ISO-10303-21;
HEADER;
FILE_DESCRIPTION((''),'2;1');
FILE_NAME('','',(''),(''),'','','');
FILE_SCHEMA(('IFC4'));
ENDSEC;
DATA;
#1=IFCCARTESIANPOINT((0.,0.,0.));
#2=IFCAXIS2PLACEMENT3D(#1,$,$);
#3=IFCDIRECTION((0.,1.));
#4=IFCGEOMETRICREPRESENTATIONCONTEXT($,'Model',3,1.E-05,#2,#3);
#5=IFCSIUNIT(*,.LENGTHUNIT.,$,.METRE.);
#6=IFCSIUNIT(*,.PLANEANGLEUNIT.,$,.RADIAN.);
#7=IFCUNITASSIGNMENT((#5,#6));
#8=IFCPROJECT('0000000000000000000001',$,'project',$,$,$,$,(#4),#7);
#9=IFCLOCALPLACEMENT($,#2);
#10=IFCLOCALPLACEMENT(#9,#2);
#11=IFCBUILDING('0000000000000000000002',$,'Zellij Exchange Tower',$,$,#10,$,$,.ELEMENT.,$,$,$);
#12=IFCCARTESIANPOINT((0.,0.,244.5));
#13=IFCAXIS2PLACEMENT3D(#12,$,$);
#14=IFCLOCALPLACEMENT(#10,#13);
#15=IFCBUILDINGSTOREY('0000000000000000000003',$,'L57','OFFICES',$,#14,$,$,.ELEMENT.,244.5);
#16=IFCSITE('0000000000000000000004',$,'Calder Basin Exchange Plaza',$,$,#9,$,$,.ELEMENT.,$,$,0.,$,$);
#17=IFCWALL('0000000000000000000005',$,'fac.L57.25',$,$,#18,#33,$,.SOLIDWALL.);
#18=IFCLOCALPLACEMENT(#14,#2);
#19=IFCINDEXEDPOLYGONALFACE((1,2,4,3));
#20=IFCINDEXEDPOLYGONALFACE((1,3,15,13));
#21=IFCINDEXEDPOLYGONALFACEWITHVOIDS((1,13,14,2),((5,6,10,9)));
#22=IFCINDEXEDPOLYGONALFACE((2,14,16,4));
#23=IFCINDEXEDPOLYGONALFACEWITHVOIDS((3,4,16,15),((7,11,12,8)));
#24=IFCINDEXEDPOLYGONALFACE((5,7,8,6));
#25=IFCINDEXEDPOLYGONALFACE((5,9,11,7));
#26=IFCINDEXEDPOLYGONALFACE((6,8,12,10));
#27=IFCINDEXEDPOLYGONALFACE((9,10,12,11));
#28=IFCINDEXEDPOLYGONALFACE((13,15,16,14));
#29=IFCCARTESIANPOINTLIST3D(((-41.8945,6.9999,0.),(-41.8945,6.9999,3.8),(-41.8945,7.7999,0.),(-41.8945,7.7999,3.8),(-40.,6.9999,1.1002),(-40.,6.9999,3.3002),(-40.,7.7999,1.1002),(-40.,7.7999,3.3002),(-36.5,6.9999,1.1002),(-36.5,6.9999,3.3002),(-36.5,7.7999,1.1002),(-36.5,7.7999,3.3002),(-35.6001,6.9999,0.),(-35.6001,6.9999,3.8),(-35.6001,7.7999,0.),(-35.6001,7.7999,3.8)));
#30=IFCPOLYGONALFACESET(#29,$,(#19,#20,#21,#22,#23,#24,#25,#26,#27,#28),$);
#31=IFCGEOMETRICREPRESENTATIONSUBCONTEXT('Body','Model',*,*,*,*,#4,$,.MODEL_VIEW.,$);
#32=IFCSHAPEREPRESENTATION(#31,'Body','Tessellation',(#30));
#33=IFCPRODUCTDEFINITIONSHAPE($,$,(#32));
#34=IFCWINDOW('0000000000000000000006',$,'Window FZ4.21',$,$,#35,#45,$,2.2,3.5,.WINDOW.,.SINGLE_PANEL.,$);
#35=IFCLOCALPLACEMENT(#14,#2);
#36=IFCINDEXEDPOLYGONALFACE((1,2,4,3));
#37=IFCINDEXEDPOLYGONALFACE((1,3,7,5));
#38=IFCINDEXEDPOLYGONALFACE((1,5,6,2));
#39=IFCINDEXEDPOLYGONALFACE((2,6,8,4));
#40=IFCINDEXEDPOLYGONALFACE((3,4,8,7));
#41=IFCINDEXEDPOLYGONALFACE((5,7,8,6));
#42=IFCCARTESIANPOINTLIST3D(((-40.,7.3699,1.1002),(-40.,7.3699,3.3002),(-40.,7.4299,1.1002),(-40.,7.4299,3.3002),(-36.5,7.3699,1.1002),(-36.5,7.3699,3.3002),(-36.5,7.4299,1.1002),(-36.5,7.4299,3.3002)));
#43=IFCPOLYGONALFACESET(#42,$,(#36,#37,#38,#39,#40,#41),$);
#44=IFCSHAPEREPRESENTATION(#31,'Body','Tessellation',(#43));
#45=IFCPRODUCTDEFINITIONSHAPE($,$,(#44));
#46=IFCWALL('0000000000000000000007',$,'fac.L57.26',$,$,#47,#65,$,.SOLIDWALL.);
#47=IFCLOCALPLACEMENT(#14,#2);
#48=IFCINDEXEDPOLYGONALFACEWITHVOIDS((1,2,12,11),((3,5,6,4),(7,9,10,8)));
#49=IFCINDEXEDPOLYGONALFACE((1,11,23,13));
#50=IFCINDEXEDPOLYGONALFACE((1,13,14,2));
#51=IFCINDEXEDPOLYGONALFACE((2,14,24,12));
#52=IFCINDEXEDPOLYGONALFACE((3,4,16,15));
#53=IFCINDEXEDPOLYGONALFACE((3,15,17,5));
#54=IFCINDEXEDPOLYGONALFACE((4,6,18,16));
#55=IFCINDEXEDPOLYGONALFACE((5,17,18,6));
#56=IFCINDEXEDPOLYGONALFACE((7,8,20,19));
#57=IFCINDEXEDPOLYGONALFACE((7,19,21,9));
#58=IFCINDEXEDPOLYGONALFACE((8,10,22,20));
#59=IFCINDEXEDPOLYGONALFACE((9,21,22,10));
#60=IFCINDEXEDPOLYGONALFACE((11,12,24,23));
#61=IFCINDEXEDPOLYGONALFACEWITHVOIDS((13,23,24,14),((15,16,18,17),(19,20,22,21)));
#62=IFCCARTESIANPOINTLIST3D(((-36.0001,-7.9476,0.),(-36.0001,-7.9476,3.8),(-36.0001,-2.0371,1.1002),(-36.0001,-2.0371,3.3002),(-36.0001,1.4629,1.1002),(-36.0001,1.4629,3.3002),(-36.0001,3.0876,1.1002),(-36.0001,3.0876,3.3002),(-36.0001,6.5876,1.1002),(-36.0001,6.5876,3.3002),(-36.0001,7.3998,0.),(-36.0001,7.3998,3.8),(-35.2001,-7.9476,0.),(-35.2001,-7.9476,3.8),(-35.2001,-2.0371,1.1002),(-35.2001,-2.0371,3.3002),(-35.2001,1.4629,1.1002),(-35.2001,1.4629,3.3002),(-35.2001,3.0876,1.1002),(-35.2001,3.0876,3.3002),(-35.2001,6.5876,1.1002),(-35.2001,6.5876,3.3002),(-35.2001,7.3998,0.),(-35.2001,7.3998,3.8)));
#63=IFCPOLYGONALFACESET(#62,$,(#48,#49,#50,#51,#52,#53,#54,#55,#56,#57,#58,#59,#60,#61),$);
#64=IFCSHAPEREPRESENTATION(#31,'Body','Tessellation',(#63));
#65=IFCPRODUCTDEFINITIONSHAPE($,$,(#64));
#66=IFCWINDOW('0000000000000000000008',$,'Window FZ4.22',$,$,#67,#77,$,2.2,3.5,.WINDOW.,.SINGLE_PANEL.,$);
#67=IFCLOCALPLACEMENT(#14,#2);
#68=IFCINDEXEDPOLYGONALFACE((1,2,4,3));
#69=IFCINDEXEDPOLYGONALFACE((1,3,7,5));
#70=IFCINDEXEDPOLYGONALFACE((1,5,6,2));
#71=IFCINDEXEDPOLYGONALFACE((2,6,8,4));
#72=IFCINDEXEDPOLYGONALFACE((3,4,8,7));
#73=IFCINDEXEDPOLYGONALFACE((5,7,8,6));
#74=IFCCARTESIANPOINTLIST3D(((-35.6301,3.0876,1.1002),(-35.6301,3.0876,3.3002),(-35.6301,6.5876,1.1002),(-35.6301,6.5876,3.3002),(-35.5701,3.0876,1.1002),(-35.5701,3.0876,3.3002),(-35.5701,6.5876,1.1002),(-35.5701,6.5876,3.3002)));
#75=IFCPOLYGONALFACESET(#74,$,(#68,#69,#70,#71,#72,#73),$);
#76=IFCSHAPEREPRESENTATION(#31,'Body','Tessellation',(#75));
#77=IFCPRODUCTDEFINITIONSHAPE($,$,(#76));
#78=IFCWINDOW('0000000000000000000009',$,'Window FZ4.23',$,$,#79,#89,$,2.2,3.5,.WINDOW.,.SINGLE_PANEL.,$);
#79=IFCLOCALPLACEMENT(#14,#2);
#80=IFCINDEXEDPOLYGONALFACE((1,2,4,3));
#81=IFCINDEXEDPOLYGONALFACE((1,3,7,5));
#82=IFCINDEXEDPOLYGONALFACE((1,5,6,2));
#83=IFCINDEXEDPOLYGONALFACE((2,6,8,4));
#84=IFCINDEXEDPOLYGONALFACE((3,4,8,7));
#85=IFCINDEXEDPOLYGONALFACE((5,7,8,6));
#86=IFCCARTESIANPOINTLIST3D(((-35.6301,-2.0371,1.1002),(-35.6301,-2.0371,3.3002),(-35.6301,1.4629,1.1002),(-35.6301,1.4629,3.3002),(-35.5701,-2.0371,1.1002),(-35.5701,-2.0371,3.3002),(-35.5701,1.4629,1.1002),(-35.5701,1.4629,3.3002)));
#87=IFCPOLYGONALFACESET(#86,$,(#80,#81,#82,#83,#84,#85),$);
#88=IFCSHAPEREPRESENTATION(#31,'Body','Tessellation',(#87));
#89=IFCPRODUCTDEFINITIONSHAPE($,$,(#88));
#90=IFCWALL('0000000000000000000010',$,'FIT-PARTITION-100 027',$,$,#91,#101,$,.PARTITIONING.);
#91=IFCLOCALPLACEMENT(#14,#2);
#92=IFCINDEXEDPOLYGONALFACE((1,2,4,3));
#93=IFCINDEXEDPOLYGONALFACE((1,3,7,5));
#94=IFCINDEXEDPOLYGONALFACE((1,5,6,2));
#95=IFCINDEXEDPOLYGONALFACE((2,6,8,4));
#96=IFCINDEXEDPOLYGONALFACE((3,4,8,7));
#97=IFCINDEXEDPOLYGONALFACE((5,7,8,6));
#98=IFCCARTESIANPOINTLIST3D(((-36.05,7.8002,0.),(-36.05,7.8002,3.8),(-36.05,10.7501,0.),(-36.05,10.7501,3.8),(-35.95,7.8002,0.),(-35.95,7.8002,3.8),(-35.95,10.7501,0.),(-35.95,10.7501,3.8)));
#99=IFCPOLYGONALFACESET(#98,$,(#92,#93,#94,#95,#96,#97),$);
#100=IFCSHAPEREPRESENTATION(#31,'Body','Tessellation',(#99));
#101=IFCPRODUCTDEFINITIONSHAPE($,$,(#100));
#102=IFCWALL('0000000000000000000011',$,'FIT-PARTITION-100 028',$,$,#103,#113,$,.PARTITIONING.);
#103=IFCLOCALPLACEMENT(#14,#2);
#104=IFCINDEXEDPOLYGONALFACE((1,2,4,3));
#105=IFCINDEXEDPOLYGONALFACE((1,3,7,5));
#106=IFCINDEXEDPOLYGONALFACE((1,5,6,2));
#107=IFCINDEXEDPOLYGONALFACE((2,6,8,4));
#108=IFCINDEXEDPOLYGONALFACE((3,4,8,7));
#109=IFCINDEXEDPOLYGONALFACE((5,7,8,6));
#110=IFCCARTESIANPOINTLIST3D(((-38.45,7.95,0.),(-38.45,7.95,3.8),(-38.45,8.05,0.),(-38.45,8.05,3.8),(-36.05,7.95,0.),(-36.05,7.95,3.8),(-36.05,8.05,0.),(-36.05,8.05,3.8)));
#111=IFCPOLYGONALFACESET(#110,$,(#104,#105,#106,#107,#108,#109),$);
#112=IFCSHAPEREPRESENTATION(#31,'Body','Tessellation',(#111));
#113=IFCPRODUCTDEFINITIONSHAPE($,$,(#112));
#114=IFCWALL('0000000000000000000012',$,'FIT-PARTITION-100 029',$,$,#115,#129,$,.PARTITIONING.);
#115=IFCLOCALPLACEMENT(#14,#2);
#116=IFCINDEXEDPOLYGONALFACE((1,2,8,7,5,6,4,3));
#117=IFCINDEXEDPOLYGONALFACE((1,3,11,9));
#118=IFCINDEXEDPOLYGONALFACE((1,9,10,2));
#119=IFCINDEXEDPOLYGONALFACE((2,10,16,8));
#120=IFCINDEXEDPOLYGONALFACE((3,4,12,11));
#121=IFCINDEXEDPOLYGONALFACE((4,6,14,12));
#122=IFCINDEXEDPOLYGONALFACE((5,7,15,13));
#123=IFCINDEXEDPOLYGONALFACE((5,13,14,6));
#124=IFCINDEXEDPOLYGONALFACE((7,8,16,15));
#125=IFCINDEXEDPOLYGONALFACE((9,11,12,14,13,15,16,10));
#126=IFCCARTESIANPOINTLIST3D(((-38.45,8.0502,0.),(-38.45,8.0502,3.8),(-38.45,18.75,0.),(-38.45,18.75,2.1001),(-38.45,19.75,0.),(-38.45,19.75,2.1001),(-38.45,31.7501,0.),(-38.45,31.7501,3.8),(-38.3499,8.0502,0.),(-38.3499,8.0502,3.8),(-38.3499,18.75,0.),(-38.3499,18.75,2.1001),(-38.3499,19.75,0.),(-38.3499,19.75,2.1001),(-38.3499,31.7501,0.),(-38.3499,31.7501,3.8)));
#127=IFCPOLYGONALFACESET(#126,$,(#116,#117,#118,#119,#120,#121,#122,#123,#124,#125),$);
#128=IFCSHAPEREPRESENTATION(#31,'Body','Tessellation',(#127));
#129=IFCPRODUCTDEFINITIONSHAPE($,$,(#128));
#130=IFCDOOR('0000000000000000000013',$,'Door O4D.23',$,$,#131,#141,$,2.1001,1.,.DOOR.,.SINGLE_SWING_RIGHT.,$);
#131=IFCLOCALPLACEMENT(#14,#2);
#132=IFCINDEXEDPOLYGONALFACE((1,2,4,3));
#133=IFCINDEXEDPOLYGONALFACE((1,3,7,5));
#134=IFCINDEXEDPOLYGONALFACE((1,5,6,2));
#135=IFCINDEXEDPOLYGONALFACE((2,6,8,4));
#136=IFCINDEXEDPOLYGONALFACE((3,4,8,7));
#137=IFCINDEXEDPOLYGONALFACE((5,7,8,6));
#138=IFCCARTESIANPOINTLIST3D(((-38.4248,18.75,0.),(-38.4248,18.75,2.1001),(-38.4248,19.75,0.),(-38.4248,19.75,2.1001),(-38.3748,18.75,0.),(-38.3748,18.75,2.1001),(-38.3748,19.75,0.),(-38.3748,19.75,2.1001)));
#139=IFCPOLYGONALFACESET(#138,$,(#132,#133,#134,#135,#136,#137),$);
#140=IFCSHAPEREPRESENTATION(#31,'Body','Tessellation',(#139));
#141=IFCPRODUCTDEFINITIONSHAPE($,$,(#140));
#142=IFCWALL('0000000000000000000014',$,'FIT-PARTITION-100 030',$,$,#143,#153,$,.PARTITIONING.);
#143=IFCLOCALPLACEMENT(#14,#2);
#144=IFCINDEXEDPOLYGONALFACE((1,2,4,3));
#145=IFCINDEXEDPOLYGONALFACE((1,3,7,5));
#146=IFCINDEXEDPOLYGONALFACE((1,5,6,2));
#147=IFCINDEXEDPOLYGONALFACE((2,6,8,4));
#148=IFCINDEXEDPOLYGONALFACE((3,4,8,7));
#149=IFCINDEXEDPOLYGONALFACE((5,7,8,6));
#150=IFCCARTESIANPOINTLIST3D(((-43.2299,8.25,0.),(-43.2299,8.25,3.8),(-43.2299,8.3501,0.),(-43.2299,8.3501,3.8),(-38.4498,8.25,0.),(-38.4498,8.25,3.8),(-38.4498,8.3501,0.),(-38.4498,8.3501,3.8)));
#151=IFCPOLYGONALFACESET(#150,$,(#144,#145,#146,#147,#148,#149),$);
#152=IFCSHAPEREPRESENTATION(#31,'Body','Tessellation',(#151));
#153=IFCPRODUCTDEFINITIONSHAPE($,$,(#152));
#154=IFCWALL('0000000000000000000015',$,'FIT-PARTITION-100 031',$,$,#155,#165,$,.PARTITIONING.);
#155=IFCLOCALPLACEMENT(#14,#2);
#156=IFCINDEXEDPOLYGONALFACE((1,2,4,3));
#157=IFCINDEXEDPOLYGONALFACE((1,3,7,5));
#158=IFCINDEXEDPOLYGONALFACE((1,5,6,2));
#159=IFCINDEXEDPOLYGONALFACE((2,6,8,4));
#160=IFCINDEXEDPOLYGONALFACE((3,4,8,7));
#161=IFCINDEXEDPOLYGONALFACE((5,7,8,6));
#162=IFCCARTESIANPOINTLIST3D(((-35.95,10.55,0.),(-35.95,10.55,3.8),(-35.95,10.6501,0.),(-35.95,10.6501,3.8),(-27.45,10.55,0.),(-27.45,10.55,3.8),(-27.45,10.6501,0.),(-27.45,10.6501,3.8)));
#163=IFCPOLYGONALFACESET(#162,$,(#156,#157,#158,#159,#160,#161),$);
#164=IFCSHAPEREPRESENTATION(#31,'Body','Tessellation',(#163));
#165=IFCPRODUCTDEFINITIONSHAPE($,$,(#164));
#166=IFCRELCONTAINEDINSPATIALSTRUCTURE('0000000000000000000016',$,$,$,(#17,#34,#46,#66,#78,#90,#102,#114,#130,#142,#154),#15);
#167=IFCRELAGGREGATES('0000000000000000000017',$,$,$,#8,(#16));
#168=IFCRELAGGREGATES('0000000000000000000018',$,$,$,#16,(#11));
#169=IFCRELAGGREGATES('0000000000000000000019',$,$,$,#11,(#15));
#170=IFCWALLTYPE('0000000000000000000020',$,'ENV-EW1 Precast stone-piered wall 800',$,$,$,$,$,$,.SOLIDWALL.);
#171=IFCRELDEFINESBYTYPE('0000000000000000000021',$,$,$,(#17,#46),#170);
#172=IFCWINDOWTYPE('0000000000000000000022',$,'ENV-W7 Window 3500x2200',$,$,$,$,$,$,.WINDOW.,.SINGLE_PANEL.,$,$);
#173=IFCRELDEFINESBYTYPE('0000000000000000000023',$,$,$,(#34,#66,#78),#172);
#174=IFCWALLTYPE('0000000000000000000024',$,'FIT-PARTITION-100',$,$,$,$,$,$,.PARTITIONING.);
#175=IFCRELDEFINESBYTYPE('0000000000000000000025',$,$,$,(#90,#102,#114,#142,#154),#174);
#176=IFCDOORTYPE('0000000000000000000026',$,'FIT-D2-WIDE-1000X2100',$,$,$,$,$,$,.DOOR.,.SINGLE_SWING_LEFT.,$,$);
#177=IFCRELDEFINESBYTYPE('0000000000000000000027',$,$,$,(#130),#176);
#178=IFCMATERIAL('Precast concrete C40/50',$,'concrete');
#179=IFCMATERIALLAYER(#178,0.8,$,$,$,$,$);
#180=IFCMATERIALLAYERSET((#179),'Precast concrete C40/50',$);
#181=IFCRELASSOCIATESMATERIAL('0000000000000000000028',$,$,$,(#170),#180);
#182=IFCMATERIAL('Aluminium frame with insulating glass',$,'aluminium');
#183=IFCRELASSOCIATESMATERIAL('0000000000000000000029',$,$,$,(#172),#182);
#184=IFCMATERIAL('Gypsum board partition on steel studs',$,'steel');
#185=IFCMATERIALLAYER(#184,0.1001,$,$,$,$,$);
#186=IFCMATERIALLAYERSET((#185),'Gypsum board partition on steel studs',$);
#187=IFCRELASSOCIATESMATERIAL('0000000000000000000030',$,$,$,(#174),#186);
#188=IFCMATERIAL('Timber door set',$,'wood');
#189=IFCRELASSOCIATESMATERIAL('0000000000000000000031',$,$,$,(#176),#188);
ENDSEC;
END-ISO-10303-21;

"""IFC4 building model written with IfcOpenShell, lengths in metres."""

from ifc_helpers import new_model, si_unit, direction, frame, frame_2d, origin, place, context, subcontext, project, spatial, rectangle, extrude, material, layer, layer_set, type_object, element, fill, save


model = new_model("IFC4")

# Units and contexts
model_context = context("Model", 3, precision=1e-05, world=origin(), true_north=direction((0.0, 1.0)))
body_context = subcontext(model_context, "Body", "Model", "MODEL_VIEW")
ifc_project = project(units=[si_unit("LENGTHUNIT", "METRE"), si_unit("PLANEANGLEUNIT", "RADIAN")], contexts=[model_context])

# Site, building, storey
site_placement = place(None, origin())
site = spatial("IfcSite", under=ifc_project, at=site_placement, Name="Calder Basin Exchange Plaza", CompositionType="ELEMENT", RefElevation=0.0)
building_placement = place(site_placement, origin())
building = spatial("IfcBuilding", under=site, at=building_placement, Name="Zellij Exchange Tower", CompositionType="ELEMENT")
storey_placement = place(building_placement, frame((0.0, 0.0, 244.5)))
storey = spatial("IfcBuildingStorey", under=building, at=storey_placement, Name="L57", Description="OFFICES", CompositionType="ELEMENT", Elevation=244.5)

# Shared definitions
ifc_material_1 = material(Name="Precast concrete C40/50", Category="concrete")
ifc_layer_1 = layer(ifc_material_1, 0.8)
ifc_layer_set_1 = layer_set([ifc_layer_1], Name="Precast concrete C40/50")
wall_type_1 = type_object("IfcWallType", Name="ENV-EW1 Precast stone-piered wall 800", PredefinedType="SOLIDWALL", material=ifc_layer_set_1)

# Wall, opening, window
wall_1_placement = place(storey_placement, frame((-41.8945, 7.3999, 0.0), z_axis=(0.0, 0.0, 1.0), x_axis=(1.0, 0.0, 0.0)))
wall_1 = element("IfcWall", 1, at=wall_1_placement, inside=storey, type_object=wall_type_1, Name="fac.L57.25", PredefinedType="SOLIDWALL", context=body_context, shape_type="SweptSolid", body=[
    extrude(rectangle(XDim=6.2944, YDim=0.8, at=frame_2d((3.1472, 0.0))), origin(), (0.0, 0.0, 1.0), 3.8),
])
opening_1_placement = place(wall_1_placement, frame((1.8945, 0.0, 1.1001)))
opening_1 = element("IfcOpeningElement", 2, at=opening_1_placement, cuts=wall_1, PredefinedType="OPENING", context=body_context, shape_type="SweptSolid", body=[
    extrude(rectangle(XDim=3.5, YDim=2.2, at=frame_2d((1.75, 1.1001))), frame((0.0, 0.4121, 0.0), z_axis=(0.0, -1.0, 0.0), x_axis=(1.0, 0.0, 0.0)), (0.0, 0.0, 1.0), 0.824),
])
ifc_material_2 = material(Name="Aluminium frame with insulating glass", Category="aluminium")
window_type = type_object("IfcWindowType", Name="ENV-W7 Window 3500x2200", PartitioningType="SINGLE_PANEL", PredefinedType="WINDOW", material=ifc_material_2)
window_1_placement = place(opening_1_placement, origin())
window_1 = element("IfcWindow", 3, at=window_1_placement, inside=storey, type_object=window_type, Name="Window FZ4.21", OverallHeight=2.2, OverallWidth=3.5, PartitioningType="SINGLE_PANEL", PredefinedType="WINDOW", context=body_context, shape_type="SweptSolid", body=[
    extrude(rectangle(XDim=3.5, YDim=2.2, at=frame_2d((1.75, 1.1001))), frame((0.0, 0.03, 0.0), z_axis=(0.0, -1.0, 0.0), x_axis=(1.0, 0.0, 0.0)), (0.0, 0.0, 1.0), 0.0601),
])
fill(opening_1, window_1)

# Wall, openings, windows
wall_2_placement = place(storey_placement, frame((-35.6001, 7.3999, 0.0), z_axis=(0.0, 0.0, 1.0), x_axis=(0.0, -1.0, 0.0)))
wall_2 = element("IfcWall", 4, at=wall_2_placement, inside=storey, type_object=wall_type_1, Name="fac.L57.26", PredefinedType="SOLIDWALL", context=body_context, shape_type="SweptSolid", body=[
    extrude(rectangle(XDim=15.3474, YDim=0.8, at=frame_2d((7.6738, 0.0))), origin(), (0.0, 0.0, 1.0), 3.8),
])
opening_2_placement = place(wall_2_placement, frame((0.8123, 0.0, 1.1001)))
opening_2 = element("IfcOpeningElement", 5, at=opening_2_placement, cuts=wall_2, PredefinedType="OPENING", context=body_context, shape_type="SweptSolid", body=[
    extrude(rectangle(XDim=3.5, YDim=2.2, at=frame_2d((1.75, 1.1001))), frame((0.0, 0.4121, 0.0), z_axis=(0.0, -1.0, 0.0), x_axis=(1.0, 0.0, 0.0)), (0.0, 0.0, 1.0), 0.824),
])
opening_3_placement = place(wall_2_placement, frame((5.937, 0.0, 1.1001)))
opening_3 = element("IfcOpeningElement", 6, at=opening_3_placement, cuts=wall_2, PredefinedType="OPENING", context=body_context, shape_type="SweptSolid", body=[
    extrude(rectangle(XDim=3.5, YDim=2.2, at=frame_2d((1.75, 1.1001))), frame((0.0, 0.4121, 0.0), z_axis=(0.0, -1.0, 0.0), x_axis=(1.0, 0.0, 0.0)), (0.0, 0.0, 1.0), 0.824),
])
window_2_placement = place(opening_2_placement, origin())
window_2 = element("IfcWindow", 7, at=window_2_placement, inside=storey, type_object=window_type, Name="Window FZ4.22", OverallHeight=2.2, OverallWidth=3.5, PartitioningType="SINGLE_PANEL", PredefinedType="WINDOW", context=body_context, shape_type="SweptSolid", body=[
    extrude(rectangle(XDim=3.5, YDim=2.2, at=frame_2d((1.75, 1.1001))), frame((0.0, 0.03, 0.0), z_axis=(0.0, -1.0, 0.0), x_axis=(1.0, 0.0, 0.0)), (0.0, 0.0, 1.0), 0.0601),
])
fill(opening_2, window_2)
window_3_placement = place(opening_3_placement, origin())
window_3 = element("IfcWindow", 8, at=window_3_placement, inside=storey, type_object=window_type, Name="Window FZ4.23", OverallHeight=2.2, OverallWidth=3.5, PartitioningType="SINGLE_PANEL", PredefinedType="WINDOW", context=body_context, shape_type="SweptSolid", body=[
    extrude(rectangle(XDim=3.5, YDim=2.2, at=frame_2d((1.75, 1.1001))), frame((0.0, 0.03, 0.0), z_axis=(0.0, -1.0, 0.0), x_axis=(1.0, 0.0, 0.0)), (0.0, 0.0, 1.0), 0.0601),
])
fill(opening_3, window_3)

# Walls
ifc_material_3 = material(Name="Gypsum board partition on steel studs", Category="steel")
ifc_layer_2 = layer(ifc_material_3, 0.1001)
ifc_layer_set_2 = layer_set([ifc_layer_2], Name="Gypsum board partition on steel studs")
wall_type_2 = type_object("IfcWallType", Name="FIT-PARTITION-100", PredefinedType="PARTITIONING", material=ifc_layer_set_2)
wall_3_placement = place(storey_placement, frame((-36.0, 7.8, 0.0), z_axis=(0.0, 0.0, 1.0), x_axis=(0.0, 1.0, 0.0)))
element("IfcWall", 9, at=wall_3_placement, inside=storey, type_object=wall_type_2, Name="FIT-PARTITION-100 027", PredefinedType="PARTITIONING", context=body_context, shape_type="SweptSolid", body=[
    extrude(rectangle(XDim=2.95, YDim=0.1001, at=frame_2d((1.4751, 0.0))), origin(), (0.0, 0.0, 1.0), 3.8),
])
wall_4_placement = place(storey_placement, frame((-38.45, 8.0, 0.0), z_axis=(0.0, 0.0, 1.0), x_axis=(1.0, 0.0, 0.0)))
element("IfcWall", 10, at=wall_4_placement, inside=storey, type_object=wall_type_2, Name="FIT-PARTITION-100 028", PredefinedType="PARTITIONING", context=body_context, shape_type="SweptSolid", body=[
    extrude(rectangle(XDim=2.3999, YDim=0.1001, at=frame_2d((1.2, 0.0))), origin(), (0.0, 0.0, 1.0), 3.8),
])

# Wall, opening, door
wall_5_placement = place(storey_placement, frame((-38.3999, 8.05, 0.0), z_axis=(0.0, 0.0, 1.0), x_axis=(0.0, 1.0, 0.0)))
wall_5 = element("IfcWall", 11, at=wall_5_placement, inside=storey, type_object=wall_type_2, Name="FIT-PARTITION-100 029", PredefinedType="PARTITIONING", context=body_context, shape_type="SweptSolid", body=[
    extrude(rectangle(XDim=23.7, YDim=0.1001, at=frame_2d((11.8501, 0.0))), origin(), (0.0, 0.0, 1.0), 3.8),
])
opening_4_placement = place(wall_5_placement, frame((10.7, 0.0, 0.0)))
opening_4 = element("IfcOpeningElement", 12, at=opening_4_placement, cuts=wall_5, PredefinedType="OPENING", context=body_context, shape_type="SweptSolid", body=[
    extrude(rectangle(XDim=1.0, YDim=2.1001, at=frame_2d((0.5, 1.05))), frame((0.0, 0.062, 0.0), z_axis=(0.0, -1.0, 0.0), x_axis=(1.0, 0.0, 0.0)), (0.0, 0.0, 1.0), 0.124),
])
ifc_material_4 = material(Name="Timber door set", Category="wood")
door_type_1 = type_object("IfcDoorType", Name="FIT-D2-WIDE-1000X2100", OperationType="SINGLE_SWING_LEFT", PredefinedType="DOOR", material=ifc_material_4)
door_1_placement = place(opening_4_placement, origin())
door_1 = element("IfcDoor", 13, at=door_1_placement, inside=storey, type_object=door_type_1, Name="Door O4D.23", OperationType="SINGLE_SWING_RIGHT", OverallHeight=2.1001, OverallWidth=1.0, PredefinedType="DOOR", context=body_context, shape_type="SweptSolid", body=[
    extrude(rectangle(XDim=1.0, YDim=2.1001, at=frame_2d((0.5, 1.05))), frame((0.0, 0.0249, 0.0), z_axis=(0.0, -1.0, 0.0), x_axis=(1.0, 0.0, 0.0)), (0.0, 0.0, 1.0), 0.05),
])
fill(opening_4, door_1)

# Walls
wall_6_placement = place(storey_placement, frame((-43.23, 8.3, 0.0), z_axis=(0.0, 0.0, 1.0), x_axis=(1.0, 0.0, 0.0)))
element("IfcWall", 14, at=wall_6_placement, inside=storey, type_object=wall_type_2, Name="FIT-PARTITION-100 030", PredefinedType="PARTITIONING", context=body_context, shape_type="SweptSolid", body=[
    extrude(rectangle(XDim=4.78, YDim=0.1001, at=frame_2d((2.3901, 0.0))), origin(), (0.0, 0.0, 1.0), 3.8),
])
wall_7_placement = place(storey_placement, frame((-35.95, 10.6001, 0.0), z_axis=(0.0, 0.0, 1.0), x_axis=(1.0, 0.0, 0.0)))
element("IfcWall", 15, at=wall_7_placement, inside=storey, type_object=wall_type_2, Name="FIT-PARTITION-100 031", PredefinedType="PARTITIONING", context=body_context, shape_type="SweptSolid", body=[
    extrude(rectangle(XDim=8.5, YDim=0.1001, at=frame_2d((4.25, 0.0))), origin(), (0.0, 0.0, 1.0), 3.8),
])

save(model, "model.ifc")
